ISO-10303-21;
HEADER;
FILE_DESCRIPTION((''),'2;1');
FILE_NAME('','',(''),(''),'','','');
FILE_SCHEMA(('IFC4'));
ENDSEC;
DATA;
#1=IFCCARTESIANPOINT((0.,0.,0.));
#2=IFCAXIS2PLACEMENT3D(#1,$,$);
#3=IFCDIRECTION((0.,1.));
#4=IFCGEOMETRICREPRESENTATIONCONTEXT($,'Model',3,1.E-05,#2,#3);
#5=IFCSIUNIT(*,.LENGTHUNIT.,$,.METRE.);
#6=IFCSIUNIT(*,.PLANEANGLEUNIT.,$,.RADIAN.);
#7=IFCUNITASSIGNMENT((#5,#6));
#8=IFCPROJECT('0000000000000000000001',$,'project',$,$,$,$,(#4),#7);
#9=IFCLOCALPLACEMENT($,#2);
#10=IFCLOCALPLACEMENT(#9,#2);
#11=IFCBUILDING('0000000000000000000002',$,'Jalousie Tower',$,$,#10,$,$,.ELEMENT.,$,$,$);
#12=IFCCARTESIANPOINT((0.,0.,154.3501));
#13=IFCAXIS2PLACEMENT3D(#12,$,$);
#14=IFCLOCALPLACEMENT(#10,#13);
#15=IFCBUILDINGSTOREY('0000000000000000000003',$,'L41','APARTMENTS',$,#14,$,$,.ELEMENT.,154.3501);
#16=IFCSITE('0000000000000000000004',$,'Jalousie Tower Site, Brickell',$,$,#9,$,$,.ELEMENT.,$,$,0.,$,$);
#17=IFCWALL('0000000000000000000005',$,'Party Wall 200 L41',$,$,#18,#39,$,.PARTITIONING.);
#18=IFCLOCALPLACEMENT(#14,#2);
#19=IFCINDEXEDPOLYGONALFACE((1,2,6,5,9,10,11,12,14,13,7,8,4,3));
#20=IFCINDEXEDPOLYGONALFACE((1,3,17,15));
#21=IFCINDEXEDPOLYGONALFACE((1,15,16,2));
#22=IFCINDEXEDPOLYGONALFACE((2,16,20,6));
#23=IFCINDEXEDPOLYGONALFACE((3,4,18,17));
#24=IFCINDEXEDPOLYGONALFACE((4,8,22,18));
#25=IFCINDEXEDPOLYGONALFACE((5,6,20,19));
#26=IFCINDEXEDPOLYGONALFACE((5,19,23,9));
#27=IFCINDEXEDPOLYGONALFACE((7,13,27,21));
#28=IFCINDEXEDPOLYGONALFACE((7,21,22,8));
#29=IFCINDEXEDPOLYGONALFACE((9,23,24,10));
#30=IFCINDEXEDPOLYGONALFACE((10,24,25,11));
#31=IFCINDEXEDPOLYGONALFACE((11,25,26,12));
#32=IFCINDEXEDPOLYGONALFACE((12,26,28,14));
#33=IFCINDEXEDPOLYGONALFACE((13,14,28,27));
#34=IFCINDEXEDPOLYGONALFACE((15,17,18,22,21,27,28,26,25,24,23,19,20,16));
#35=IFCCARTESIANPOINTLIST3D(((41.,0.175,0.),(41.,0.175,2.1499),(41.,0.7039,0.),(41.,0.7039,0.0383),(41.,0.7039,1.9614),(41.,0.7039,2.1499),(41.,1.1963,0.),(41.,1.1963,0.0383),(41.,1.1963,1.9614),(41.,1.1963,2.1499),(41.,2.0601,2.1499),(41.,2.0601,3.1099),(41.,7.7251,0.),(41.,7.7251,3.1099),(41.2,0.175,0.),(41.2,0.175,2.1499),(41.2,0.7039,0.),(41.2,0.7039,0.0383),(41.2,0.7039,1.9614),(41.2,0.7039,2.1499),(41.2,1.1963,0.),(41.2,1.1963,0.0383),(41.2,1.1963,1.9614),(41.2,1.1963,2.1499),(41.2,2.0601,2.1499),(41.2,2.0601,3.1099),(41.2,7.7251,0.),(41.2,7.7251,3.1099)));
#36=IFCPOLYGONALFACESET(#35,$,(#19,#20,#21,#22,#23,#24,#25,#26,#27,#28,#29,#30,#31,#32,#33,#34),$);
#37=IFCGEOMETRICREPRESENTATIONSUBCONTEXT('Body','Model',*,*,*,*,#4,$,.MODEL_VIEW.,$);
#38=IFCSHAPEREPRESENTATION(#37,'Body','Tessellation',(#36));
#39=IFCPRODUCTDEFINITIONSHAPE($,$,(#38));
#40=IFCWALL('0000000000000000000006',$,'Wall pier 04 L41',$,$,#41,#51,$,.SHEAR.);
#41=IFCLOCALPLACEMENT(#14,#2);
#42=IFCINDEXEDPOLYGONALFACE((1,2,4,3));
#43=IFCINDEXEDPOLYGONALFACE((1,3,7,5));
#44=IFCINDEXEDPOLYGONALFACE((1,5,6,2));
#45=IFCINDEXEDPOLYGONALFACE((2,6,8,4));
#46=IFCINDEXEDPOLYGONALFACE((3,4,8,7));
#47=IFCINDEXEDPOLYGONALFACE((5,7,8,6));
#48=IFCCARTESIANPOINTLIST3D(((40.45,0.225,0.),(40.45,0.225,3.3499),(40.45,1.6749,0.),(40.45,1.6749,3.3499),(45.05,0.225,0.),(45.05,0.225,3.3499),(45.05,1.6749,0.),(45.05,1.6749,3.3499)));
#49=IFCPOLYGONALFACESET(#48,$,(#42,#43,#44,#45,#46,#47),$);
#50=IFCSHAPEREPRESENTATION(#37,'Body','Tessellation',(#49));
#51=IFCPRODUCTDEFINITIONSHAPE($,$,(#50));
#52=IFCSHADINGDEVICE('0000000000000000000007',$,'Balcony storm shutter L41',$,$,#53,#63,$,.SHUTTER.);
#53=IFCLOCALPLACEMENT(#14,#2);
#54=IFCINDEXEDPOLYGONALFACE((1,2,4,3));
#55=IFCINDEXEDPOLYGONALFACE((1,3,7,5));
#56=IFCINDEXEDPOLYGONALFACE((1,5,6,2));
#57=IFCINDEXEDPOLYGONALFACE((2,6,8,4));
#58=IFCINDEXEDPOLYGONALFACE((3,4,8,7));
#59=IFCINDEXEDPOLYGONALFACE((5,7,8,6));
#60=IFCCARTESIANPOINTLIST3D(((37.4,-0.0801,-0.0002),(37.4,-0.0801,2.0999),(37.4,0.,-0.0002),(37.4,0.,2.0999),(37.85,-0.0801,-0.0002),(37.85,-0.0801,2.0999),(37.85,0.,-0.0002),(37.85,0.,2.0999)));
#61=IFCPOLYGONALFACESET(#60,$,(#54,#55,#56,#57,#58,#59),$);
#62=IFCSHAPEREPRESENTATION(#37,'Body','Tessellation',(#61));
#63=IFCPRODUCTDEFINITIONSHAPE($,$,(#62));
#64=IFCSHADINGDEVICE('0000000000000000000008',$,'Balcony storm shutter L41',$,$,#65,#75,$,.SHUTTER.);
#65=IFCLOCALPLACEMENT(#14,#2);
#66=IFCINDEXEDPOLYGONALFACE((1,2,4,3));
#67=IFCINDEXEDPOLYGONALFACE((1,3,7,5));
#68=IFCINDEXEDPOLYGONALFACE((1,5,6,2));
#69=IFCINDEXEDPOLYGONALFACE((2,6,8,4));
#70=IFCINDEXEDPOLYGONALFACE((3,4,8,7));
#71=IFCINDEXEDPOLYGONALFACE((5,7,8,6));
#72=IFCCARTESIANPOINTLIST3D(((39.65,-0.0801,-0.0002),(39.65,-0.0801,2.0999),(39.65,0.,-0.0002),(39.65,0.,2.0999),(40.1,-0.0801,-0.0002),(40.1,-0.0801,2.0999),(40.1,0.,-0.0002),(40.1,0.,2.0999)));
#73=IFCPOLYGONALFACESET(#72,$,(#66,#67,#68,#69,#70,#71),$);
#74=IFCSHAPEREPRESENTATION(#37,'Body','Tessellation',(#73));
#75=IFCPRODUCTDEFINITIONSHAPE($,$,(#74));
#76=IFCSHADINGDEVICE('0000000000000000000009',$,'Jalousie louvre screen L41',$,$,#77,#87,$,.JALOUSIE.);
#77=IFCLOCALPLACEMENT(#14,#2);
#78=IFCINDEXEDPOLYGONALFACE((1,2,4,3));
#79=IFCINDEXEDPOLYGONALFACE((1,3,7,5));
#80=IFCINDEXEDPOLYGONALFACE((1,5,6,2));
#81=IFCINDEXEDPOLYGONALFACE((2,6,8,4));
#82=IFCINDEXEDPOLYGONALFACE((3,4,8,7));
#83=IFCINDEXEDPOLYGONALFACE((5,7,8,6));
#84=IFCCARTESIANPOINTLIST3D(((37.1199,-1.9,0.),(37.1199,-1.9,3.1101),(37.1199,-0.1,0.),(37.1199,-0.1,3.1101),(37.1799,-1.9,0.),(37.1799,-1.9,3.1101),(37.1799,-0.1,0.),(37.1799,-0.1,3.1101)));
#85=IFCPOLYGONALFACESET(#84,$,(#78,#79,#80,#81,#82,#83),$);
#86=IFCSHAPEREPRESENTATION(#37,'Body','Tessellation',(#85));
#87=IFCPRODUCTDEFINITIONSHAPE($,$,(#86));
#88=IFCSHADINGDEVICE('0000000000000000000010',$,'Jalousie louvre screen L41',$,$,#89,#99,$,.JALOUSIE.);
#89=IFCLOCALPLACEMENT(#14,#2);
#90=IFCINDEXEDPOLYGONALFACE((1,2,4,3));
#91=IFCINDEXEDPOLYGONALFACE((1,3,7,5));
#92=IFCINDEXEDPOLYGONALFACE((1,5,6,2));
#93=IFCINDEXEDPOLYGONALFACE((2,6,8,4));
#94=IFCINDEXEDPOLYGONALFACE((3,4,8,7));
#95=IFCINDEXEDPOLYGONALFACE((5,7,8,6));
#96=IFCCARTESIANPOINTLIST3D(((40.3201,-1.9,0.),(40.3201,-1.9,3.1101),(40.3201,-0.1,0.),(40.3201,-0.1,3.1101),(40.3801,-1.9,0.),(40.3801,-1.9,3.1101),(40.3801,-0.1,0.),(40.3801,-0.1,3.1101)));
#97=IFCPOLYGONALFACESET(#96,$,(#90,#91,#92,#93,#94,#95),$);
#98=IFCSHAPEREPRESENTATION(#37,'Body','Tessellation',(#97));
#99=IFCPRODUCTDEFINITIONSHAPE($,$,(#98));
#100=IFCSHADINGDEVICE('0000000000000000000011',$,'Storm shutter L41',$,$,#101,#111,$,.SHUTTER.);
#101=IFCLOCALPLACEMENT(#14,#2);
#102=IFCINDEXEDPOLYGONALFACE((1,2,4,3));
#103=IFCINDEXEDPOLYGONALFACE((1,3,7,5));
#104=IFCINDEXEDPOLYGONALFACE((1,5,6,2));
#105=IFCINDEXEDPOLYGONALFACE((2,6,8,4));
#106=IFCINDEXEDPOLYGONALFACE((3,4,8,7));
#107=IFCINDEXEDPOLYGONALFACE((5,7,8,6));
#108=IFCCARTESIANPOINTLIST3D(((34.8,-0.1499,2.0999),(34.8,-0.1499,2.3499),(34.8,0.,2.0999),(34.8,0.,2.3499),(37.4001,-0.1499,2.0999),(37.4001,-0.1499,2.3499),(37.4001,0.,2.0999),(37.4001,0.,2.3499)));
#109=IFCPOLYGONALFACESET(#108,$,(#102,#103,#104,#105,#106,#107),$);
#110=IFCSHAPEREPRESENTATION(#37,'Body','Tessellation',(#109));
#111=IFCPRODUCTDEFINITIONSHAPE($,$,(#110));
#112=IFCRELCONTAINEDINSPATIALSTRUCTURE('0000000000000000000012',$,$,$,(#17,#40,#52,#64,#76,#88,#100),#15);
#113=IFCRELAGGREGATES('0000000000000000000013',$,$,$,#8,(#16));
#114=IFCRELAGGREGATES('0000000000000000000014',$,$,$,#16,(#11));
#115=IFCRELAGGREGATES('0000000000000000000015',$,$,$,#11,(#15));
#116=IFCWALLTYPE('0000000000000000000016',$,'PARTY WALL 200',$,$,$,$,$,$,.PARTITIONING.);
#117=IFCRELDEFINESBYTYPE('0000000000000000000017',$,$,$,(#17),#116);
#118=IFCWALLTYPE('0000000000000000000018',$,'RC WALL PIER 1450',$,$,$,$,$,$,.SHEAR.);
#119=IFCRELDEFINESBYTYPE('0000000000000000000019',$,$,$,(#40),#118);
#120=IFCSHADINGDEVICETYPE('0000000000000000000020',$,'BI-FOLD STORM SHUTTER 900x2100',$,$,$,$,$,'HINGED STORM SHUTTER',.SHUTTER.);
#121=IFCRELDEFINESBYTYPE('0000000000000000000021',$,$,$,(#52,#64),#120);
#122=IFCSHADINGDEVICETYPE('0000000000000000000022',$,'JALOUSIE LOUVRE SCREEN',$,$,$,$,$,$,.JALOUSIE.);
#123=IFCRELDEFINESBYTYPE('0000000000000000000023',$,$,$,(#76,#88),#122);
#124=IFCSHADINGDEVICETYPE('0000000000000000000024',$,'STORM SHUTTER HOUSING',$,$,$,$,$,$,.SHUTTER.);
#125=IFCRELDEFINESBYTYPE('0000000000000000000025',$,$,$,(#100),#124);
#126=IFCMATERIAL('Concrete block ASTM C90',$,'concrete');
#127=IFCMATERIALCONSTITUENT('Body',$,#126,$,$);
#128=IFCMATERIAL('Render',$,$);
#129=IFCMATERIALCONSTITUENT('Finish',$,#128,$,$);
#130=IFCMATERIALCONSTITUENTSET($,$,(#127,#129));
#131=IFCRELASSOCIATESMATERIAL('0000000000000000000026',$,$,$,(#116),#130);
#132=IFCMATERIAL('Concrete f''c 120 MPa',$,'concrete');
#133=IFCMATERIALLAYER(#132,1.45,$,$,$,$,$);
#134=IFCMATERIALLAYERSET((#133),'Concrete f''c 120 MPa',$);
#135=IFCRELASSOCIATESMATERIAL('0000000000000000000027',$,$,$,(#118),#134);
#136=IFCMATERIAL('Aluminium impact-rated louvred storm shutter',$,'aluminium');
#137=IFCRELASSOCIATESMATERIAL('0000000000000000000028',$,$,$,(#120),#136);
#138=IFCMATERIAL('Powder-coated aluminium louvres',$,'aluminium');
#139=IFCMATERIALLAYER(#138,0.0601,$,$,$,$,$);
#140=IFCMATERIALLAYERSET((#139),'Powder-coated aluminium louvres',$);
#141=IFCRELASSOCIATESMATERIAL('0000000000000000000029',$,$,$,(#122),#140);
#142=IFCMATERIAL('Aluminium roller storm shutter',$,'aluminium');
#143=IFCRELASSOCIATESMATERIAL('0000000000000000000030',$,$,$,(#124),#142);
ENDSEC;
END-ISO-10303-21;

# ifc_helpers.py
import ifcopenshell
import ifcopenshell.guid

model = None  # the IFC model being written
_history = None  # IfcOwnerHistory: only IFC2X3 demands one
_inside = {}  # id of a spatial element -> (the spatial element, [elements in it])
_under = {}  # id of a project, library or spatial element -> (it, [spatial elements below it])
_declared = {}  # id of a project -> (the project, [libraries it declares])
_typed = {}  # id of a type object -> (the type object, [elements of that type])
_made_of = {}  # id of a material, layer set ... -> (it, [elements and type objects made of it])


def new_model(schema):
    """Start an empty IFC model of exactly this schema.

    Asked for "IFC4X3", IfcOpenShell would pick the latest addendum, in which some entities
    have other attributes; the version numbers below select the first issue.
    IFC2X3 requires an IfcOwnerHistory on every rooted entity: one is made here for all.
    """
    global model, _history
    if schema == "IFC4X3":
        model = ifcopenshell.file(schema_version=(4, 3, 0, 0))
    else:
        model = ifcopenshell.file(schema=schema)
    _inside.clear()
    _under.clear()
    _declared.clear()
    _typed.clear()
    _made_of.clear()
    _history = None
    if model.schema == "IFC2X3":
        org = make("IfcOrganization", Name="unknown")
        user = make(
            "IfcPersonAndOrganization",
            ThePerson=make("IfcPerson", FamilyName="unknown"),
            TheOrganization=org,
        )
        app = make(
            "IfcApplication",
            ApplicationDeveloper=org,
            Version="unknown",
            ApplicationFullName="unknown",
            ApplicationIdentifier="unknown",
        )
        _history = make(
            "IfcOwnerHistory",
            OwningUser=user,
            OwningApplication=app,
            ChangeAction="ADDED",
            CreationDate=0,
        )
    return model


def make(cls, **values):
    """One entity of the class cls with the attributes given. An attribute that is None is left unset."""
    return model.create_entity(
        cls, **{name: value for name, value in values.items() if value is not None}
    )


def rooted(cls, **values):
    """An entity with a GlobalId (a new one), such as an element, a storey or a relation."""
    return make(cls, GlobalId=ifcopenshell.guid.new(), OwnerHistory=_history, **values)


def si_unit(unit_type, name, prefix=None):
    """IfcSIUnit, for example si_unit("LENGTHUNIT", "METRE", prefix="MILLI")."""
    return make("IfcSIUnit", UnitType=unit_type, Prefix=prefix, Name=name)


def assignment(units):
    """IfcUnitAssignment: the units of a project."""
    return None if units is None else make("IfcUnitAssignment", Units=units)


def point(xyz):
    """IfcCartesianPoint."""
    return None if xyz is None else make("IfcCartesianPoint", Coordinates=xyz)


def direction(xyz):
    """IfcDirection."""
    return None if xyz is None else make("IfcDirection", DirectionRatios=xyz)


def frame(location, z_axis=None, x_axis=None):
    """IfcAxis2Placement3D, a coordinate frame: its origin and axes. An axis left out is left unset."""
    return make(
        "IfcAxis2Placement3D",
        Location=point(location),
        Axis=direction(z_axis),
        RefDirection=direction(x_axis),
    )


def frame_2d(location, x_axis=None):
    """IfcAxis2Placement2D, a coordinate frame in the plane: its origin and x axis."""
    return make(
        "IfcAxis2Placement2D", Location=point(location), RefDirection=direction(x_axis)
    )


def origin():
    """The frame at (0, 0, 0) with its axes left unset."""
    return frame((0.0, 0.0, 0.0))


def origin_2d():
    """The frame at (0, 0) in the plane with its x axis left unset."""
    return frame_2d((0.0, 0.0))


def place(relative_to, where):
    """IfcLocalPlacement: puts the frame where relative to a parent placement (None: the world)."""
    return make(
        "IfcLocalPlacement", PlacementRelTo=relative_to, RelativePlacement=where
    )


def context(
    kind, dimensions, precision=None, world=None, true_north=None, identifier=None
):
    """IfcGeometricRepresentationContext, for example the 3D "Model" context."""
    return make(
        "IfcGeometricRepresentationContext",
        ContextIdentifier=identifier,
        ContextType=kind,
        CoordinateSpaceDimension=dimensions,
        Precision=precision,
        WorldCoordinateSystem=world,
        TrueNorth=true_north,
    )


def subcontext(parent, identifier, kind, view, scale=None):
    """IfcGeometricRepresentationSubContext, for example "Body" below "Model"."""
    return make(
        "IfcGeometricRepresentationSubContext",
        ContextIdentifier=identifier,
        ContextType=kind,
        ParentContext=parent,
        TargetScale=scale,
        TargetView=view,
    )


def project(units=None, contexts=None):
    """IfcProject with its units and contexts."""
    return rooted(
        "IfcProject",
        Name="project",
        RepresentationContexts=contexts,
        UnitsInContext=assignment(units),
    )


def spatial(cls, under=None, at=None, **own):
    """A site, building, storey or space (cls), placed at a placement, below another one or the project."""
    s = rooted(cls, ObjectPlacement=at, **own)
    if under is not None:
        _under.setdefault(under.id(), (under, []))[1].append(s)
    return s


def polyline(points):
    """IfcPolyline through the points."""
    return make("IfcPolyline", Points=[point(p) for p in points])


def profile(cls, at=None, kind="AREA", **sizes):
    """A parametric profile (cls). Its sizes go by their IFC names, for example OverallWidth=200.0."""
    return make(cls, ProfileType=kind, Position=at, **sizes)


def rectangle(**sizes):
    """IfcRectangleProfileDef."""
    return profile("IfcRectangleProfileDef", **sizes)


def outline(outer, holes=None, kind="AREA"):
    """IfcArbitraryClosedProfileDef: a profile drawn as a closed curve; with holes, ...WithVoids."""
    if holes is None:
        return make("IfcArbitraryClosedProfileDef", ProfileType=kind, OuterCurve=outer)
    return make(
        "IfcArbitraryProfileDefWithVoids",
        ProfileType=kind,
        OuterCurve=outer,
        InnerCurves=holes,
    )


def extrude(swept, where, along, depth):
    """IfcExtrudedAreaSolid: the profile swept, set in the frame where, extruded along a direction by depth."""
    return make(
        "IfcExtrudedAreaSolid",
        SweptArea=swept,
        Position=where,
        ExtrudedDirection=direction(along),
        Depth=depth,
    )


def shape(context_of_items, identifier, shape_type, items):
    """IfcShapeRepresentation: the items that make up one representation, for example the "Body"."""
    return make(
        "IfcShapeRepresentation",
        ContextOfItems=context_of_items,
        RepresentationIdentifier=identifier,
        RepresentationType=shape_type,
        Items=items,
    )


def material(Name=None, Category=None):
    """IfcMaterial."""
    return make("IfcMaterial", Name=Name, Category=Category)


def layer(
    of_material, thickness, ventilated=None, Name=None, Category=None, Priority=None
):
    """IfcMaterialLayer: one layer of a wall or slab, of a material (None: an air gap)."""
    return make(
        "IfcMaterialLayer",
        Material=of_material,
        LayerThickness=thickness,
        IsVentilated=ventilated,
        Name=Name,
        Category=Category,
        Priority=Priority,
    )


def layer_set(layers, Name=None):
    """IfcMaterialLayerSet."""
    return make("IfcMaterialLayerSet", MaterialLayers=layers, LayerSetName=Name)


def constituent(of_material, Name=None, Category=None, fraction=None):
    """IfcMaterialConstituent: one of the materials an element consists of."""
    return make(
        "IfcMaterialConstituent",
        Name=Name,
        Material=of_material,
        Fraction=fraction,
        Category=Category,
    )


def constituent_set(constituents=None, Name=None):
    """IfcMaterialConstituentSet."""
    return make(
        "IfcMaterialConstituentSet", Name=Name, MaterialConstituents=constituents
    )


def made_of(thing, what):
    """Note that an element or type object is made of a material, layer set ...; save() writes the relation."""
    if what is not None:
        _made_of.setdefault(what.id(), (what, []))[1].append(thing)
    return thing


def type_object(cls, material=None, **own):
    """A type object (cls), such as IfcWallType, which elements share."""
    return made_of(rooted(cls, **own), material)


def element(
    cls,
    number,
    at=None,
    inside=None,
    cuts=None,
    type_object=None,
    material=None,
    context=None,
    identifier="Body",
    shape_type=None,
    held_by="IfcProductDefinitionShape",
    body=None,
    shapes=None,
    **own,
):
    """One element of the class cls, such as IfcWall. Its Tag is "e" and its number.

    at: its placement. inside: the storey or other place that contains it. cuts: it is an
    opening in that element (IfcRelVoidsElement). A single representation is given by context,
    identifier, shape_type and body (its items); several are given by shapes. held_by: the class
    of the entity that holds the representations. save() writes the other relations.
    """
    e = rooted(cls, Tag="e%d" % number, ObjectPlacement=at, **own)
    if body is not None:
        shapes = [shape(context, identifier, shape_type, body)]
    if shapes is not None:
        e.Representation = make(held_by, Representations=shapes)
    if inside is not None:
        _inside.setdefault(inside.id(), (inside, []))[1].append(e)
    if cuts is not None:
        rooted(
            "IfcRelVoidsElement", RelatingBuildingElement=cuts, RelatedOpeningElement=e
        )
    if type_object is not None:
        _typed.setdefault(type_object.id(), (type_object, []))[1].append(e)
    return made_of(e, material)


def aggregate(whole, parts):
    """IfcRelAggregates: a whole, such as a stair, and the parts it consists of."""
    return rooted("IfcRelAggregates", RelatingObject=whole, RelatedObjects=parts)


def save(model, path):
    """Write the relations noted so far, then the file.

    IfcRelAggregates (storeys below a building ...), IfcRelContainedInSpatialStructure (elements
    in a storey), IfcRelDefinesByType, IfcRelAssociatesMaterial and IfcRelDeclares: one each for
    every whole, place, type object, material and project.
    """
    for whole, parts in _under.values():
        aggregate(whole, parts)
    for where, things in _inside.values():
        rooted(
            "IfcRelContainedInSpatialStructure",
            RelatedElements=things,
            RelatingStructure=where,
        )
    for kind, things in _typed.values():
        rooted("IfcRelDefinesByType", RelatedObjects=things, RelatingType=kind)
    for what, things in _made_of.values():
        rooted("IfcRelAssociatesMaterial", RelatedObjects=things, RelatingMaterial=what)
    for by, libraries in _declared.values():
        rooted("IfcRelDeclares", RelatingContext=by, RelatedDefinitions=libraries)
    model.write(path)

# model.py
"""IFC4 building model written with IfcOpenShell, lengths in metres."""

from ifc_helpers import new_model, si_unit, direction, frame, frame_2d, origin, origin_2d, place, context, subcontext, project, spatial, polyline, rectangle, outline, extrude, material, layer, layer_set, constituent, constituent_set, type_object, element, save


model = new_model("IFC4")

# Units and contexts
model_context = context("Model", 3, precision=1e-05, world=origin(), true_north=direction((0.0, 1.0)))
body_context = subcontext(model_context, "Body", "Model", "MODEL_VIEW")
ifc_project = project(units=[si_unit("LENGTHUNIT", "METRE"), si_unit("PLANEANGLEUNIT", "RADIAN")], contexts=[model_context])

# Site, building, storey
site_placement = place(None, origin())
site = spatial("IfcSite", under=ifc_project, at=site_placement, Name="Jalousie Tower Site, Brickell", CompositionType="ELEMENT", RefElevation=0.0)
building_placement = place(site_placement, origin())
building = spatial("IfcBuilding", under=site, at=building_placement, Name="Jalousie Tower", CompositionType="ELEMENT")
storey_placement = place(building_placement, frame((0.0, 0.0, 154.3501)))
storey = spatial("IfcBuildingStorey", under=building, at=storey_placement, Name="L41", Description="APARTMENTS", CompositionType="ELEMENT", Elevation=154.3501)

# Walls
ifc_material_1 = material(Name="Concrete block ASTM C90", Category="concrete")
ifc_constituent_1 = constituent(ifc_material_1, Name="Body")
ifc_material_2 = material(Name="Render")
ifc_constituent_2 = constituent(ifc_material_2, Name="Finish")
ifc_constituent_set_1 = constituent_set(constituents=[ifc_constituent_1, ifc_constituent_2])
wall_type_1 = type_object("IfcWallType", Name="PARTY WALL 200", PredefinedType="PARTITIONING", material=ifc_constituent_set_1)
wall_1_placement = place(storey_placement, frame((41.1001, 0.175, 0.0), z_axis=(0.0, 0.0, 1.0), x_axis=(0.0, 1.0, 0.0)))
element("IfcWall", 1, at=wall_1_placement, inside=storey, type_object=wall_type_1, Name="Party Wall 200 L41", PredefinedType="PARTITIONING", context=body_context, shape_type="SweptSolid", body=[
    extrude(outline(polyline([(0.5288, 2.1499), (0.0, 2.1499), (0.0, 0.0), (0.5288, 0.0), (0.5288, 0.0383), (1.0212, 0.0383), (1.0212, 0.0), (7.55, 0.0), (7.55, 3.1099), (1.885, 3.1099), (1.885, 2.1499), (1.0212, 2.1499), (1.0212, 1.9614), (0.5288, 1.9614), (0.5288, 2.1499)])), frame((0.0, 0.1001, 0.0), z_axis=(0.0, -1.0, 0.0), x_axis=(1.0, 0.0, 0.0)), (0.0, 0.0, 1.0), 0.2),
])
ifc_material_3 = material(Name="Concrete f'c 120 MPa", Category="concrete")
ifc_layer_1 = layer(ifc_material_3, 1.45)
ifc_layer_set_1 = layer_set([ifc_layer_1], Name="Concrete f'c 120 MPa")
wall_type_2 = type_object("IfcWallType", Name="RC WALL PIER 1450", PredefinedType="SHEAR", material=ifc_layer_set_1)
wall_2_placement = place(storey_placement, frame((40.45, 0.95, 0.0), z_axis=(0.0, 0.0, 1.0), x_axis=(1.0, 0.0, 0.0)))
element("IfcWall", 2, at=wall_2_placement, inside=storey, type_object=wall_type_2, Name="Wall pier 04 L41", PredefinedType="SHEAR", context=body_context, shape_type="SweptSolid", body=[
    extrude(rectangle(XDim=4.6001, YDim=1.45, at=frame_2d((2.3, 0.0))), origin(), (0.0, 0.0, 1.0), 3.3499),
])

# Shading devices
ifc_material_4 = material(Name="Aluminium impact-rated louvred storm shutter", Category="aluminium")
shading_device_type_1 = type_object("IfcShadingDeviceType", Name="BI-FOLD STORM SHUTTER 900x2100", ElementType="HINGED STORM SHUTTER", PredefinedType="SHUTTER", material=ifc_material_4)
for number, where, z_axis, x_axis, name in (
    (3, (37.625, -0.04, -0.0002), (0.0, 0.0, 1.0), (1.0, 0.0, 0.0), "Balcony storm shutter L41"),
    (4, (39.875, -0.04, -0.0002), (0.0, 0.0, 1.0), (1.0, 0.0, 0.0), "Balcony storm shutter L41"),
):
    element("IfcShadingDevice", number, at=place(storey_placement, frame(where, z_axis=z_axis, x_axis=x_axis)), inside=storey, type_object=shading_device_type_1, Name=name, PredefinedType="SHUTTER", context=body_context, shape_type="SweptSolid", body=[
        extrude(rectangle(XDim=0.45, YDim=0.0801, at=origin_2d()), origin(), (0.0, 0.0, 1.0), 2.1001),
    ])

# Shading devices
ifc_material_5 = material(Name="Powder-coated aluminium louvres", Category="aluminium")
ifc_layer_2 = layer(ifc_material_5, 0.0601)
ifc_layer_set_2 = layer_set([ifc_layer_2], Name="Powder-coated aluminium louvres")
shading_device_type_2 = type_object("IfcShadingDeviceType", Name="JALOUSIE LOUVRE SCREEN", PredefinedType="JALOUSIE", material=ifc_layer_set_2)
for number, where, z_axis, x_axis, name in (
    (5, (37.1499, -1.0, 0.0), (0.0, 0.0, 1.0), (1.0, 0.0, 0.0), "Jalousie louvre screen L41"),
    (6, (40.3501, -1.0, 0.0), (0.0, 0.0, 1.0), (1.0, 0.0, 0.0), "Jalousie louvre screen L41"),
):
    element("IfcShadingDevice", number, at=place(storey_placement, frame(where, z_axis=z_axis, x_axis=x_axis)), inside=storey, type_object=shading_device_type_2, Name=name, PredefinedType="JALOUSIE", context=body_context, shape_type="SweptSolid", body=[
        extrude(rectangle(XDim=0.0601, YDim=1.8, at=origin_2d()), origin(), (0.0, 0.0, 1.0), 3.1101),
    ])
ifc_material_6 = material(Name="Aluminium roller storm shutter", Category="aluminium")
shading_device_type_3 = type_object("IfcShadingDeviceType", Name="STORM SHUTTER HOUSING", PredefinedType="SHUTTER", material=ifc_material_6)
shading_device_placement = place(storey_placement, frame((36.1001, -0.075, 2.0999), z_axis=(0.0, 0.0, 1.0), x_axis=(1.0, 0.0, 0.0)))
element("IfcShadingDevice", 7, at=shading_device_placement, inside=storey, type_object=shading_device_type_3, Name="Storm shutter L41", PredefinedType="SHUTTER", context=body_context, shape_type="SweptSolid", body=[
    extrude(rectangle(XDim=2.6001, YDim=0.1499, at=origin_2d()), origin(), (0.0, 0.0, 1.0), 0.25),
])

save(model, "model.ifc")
